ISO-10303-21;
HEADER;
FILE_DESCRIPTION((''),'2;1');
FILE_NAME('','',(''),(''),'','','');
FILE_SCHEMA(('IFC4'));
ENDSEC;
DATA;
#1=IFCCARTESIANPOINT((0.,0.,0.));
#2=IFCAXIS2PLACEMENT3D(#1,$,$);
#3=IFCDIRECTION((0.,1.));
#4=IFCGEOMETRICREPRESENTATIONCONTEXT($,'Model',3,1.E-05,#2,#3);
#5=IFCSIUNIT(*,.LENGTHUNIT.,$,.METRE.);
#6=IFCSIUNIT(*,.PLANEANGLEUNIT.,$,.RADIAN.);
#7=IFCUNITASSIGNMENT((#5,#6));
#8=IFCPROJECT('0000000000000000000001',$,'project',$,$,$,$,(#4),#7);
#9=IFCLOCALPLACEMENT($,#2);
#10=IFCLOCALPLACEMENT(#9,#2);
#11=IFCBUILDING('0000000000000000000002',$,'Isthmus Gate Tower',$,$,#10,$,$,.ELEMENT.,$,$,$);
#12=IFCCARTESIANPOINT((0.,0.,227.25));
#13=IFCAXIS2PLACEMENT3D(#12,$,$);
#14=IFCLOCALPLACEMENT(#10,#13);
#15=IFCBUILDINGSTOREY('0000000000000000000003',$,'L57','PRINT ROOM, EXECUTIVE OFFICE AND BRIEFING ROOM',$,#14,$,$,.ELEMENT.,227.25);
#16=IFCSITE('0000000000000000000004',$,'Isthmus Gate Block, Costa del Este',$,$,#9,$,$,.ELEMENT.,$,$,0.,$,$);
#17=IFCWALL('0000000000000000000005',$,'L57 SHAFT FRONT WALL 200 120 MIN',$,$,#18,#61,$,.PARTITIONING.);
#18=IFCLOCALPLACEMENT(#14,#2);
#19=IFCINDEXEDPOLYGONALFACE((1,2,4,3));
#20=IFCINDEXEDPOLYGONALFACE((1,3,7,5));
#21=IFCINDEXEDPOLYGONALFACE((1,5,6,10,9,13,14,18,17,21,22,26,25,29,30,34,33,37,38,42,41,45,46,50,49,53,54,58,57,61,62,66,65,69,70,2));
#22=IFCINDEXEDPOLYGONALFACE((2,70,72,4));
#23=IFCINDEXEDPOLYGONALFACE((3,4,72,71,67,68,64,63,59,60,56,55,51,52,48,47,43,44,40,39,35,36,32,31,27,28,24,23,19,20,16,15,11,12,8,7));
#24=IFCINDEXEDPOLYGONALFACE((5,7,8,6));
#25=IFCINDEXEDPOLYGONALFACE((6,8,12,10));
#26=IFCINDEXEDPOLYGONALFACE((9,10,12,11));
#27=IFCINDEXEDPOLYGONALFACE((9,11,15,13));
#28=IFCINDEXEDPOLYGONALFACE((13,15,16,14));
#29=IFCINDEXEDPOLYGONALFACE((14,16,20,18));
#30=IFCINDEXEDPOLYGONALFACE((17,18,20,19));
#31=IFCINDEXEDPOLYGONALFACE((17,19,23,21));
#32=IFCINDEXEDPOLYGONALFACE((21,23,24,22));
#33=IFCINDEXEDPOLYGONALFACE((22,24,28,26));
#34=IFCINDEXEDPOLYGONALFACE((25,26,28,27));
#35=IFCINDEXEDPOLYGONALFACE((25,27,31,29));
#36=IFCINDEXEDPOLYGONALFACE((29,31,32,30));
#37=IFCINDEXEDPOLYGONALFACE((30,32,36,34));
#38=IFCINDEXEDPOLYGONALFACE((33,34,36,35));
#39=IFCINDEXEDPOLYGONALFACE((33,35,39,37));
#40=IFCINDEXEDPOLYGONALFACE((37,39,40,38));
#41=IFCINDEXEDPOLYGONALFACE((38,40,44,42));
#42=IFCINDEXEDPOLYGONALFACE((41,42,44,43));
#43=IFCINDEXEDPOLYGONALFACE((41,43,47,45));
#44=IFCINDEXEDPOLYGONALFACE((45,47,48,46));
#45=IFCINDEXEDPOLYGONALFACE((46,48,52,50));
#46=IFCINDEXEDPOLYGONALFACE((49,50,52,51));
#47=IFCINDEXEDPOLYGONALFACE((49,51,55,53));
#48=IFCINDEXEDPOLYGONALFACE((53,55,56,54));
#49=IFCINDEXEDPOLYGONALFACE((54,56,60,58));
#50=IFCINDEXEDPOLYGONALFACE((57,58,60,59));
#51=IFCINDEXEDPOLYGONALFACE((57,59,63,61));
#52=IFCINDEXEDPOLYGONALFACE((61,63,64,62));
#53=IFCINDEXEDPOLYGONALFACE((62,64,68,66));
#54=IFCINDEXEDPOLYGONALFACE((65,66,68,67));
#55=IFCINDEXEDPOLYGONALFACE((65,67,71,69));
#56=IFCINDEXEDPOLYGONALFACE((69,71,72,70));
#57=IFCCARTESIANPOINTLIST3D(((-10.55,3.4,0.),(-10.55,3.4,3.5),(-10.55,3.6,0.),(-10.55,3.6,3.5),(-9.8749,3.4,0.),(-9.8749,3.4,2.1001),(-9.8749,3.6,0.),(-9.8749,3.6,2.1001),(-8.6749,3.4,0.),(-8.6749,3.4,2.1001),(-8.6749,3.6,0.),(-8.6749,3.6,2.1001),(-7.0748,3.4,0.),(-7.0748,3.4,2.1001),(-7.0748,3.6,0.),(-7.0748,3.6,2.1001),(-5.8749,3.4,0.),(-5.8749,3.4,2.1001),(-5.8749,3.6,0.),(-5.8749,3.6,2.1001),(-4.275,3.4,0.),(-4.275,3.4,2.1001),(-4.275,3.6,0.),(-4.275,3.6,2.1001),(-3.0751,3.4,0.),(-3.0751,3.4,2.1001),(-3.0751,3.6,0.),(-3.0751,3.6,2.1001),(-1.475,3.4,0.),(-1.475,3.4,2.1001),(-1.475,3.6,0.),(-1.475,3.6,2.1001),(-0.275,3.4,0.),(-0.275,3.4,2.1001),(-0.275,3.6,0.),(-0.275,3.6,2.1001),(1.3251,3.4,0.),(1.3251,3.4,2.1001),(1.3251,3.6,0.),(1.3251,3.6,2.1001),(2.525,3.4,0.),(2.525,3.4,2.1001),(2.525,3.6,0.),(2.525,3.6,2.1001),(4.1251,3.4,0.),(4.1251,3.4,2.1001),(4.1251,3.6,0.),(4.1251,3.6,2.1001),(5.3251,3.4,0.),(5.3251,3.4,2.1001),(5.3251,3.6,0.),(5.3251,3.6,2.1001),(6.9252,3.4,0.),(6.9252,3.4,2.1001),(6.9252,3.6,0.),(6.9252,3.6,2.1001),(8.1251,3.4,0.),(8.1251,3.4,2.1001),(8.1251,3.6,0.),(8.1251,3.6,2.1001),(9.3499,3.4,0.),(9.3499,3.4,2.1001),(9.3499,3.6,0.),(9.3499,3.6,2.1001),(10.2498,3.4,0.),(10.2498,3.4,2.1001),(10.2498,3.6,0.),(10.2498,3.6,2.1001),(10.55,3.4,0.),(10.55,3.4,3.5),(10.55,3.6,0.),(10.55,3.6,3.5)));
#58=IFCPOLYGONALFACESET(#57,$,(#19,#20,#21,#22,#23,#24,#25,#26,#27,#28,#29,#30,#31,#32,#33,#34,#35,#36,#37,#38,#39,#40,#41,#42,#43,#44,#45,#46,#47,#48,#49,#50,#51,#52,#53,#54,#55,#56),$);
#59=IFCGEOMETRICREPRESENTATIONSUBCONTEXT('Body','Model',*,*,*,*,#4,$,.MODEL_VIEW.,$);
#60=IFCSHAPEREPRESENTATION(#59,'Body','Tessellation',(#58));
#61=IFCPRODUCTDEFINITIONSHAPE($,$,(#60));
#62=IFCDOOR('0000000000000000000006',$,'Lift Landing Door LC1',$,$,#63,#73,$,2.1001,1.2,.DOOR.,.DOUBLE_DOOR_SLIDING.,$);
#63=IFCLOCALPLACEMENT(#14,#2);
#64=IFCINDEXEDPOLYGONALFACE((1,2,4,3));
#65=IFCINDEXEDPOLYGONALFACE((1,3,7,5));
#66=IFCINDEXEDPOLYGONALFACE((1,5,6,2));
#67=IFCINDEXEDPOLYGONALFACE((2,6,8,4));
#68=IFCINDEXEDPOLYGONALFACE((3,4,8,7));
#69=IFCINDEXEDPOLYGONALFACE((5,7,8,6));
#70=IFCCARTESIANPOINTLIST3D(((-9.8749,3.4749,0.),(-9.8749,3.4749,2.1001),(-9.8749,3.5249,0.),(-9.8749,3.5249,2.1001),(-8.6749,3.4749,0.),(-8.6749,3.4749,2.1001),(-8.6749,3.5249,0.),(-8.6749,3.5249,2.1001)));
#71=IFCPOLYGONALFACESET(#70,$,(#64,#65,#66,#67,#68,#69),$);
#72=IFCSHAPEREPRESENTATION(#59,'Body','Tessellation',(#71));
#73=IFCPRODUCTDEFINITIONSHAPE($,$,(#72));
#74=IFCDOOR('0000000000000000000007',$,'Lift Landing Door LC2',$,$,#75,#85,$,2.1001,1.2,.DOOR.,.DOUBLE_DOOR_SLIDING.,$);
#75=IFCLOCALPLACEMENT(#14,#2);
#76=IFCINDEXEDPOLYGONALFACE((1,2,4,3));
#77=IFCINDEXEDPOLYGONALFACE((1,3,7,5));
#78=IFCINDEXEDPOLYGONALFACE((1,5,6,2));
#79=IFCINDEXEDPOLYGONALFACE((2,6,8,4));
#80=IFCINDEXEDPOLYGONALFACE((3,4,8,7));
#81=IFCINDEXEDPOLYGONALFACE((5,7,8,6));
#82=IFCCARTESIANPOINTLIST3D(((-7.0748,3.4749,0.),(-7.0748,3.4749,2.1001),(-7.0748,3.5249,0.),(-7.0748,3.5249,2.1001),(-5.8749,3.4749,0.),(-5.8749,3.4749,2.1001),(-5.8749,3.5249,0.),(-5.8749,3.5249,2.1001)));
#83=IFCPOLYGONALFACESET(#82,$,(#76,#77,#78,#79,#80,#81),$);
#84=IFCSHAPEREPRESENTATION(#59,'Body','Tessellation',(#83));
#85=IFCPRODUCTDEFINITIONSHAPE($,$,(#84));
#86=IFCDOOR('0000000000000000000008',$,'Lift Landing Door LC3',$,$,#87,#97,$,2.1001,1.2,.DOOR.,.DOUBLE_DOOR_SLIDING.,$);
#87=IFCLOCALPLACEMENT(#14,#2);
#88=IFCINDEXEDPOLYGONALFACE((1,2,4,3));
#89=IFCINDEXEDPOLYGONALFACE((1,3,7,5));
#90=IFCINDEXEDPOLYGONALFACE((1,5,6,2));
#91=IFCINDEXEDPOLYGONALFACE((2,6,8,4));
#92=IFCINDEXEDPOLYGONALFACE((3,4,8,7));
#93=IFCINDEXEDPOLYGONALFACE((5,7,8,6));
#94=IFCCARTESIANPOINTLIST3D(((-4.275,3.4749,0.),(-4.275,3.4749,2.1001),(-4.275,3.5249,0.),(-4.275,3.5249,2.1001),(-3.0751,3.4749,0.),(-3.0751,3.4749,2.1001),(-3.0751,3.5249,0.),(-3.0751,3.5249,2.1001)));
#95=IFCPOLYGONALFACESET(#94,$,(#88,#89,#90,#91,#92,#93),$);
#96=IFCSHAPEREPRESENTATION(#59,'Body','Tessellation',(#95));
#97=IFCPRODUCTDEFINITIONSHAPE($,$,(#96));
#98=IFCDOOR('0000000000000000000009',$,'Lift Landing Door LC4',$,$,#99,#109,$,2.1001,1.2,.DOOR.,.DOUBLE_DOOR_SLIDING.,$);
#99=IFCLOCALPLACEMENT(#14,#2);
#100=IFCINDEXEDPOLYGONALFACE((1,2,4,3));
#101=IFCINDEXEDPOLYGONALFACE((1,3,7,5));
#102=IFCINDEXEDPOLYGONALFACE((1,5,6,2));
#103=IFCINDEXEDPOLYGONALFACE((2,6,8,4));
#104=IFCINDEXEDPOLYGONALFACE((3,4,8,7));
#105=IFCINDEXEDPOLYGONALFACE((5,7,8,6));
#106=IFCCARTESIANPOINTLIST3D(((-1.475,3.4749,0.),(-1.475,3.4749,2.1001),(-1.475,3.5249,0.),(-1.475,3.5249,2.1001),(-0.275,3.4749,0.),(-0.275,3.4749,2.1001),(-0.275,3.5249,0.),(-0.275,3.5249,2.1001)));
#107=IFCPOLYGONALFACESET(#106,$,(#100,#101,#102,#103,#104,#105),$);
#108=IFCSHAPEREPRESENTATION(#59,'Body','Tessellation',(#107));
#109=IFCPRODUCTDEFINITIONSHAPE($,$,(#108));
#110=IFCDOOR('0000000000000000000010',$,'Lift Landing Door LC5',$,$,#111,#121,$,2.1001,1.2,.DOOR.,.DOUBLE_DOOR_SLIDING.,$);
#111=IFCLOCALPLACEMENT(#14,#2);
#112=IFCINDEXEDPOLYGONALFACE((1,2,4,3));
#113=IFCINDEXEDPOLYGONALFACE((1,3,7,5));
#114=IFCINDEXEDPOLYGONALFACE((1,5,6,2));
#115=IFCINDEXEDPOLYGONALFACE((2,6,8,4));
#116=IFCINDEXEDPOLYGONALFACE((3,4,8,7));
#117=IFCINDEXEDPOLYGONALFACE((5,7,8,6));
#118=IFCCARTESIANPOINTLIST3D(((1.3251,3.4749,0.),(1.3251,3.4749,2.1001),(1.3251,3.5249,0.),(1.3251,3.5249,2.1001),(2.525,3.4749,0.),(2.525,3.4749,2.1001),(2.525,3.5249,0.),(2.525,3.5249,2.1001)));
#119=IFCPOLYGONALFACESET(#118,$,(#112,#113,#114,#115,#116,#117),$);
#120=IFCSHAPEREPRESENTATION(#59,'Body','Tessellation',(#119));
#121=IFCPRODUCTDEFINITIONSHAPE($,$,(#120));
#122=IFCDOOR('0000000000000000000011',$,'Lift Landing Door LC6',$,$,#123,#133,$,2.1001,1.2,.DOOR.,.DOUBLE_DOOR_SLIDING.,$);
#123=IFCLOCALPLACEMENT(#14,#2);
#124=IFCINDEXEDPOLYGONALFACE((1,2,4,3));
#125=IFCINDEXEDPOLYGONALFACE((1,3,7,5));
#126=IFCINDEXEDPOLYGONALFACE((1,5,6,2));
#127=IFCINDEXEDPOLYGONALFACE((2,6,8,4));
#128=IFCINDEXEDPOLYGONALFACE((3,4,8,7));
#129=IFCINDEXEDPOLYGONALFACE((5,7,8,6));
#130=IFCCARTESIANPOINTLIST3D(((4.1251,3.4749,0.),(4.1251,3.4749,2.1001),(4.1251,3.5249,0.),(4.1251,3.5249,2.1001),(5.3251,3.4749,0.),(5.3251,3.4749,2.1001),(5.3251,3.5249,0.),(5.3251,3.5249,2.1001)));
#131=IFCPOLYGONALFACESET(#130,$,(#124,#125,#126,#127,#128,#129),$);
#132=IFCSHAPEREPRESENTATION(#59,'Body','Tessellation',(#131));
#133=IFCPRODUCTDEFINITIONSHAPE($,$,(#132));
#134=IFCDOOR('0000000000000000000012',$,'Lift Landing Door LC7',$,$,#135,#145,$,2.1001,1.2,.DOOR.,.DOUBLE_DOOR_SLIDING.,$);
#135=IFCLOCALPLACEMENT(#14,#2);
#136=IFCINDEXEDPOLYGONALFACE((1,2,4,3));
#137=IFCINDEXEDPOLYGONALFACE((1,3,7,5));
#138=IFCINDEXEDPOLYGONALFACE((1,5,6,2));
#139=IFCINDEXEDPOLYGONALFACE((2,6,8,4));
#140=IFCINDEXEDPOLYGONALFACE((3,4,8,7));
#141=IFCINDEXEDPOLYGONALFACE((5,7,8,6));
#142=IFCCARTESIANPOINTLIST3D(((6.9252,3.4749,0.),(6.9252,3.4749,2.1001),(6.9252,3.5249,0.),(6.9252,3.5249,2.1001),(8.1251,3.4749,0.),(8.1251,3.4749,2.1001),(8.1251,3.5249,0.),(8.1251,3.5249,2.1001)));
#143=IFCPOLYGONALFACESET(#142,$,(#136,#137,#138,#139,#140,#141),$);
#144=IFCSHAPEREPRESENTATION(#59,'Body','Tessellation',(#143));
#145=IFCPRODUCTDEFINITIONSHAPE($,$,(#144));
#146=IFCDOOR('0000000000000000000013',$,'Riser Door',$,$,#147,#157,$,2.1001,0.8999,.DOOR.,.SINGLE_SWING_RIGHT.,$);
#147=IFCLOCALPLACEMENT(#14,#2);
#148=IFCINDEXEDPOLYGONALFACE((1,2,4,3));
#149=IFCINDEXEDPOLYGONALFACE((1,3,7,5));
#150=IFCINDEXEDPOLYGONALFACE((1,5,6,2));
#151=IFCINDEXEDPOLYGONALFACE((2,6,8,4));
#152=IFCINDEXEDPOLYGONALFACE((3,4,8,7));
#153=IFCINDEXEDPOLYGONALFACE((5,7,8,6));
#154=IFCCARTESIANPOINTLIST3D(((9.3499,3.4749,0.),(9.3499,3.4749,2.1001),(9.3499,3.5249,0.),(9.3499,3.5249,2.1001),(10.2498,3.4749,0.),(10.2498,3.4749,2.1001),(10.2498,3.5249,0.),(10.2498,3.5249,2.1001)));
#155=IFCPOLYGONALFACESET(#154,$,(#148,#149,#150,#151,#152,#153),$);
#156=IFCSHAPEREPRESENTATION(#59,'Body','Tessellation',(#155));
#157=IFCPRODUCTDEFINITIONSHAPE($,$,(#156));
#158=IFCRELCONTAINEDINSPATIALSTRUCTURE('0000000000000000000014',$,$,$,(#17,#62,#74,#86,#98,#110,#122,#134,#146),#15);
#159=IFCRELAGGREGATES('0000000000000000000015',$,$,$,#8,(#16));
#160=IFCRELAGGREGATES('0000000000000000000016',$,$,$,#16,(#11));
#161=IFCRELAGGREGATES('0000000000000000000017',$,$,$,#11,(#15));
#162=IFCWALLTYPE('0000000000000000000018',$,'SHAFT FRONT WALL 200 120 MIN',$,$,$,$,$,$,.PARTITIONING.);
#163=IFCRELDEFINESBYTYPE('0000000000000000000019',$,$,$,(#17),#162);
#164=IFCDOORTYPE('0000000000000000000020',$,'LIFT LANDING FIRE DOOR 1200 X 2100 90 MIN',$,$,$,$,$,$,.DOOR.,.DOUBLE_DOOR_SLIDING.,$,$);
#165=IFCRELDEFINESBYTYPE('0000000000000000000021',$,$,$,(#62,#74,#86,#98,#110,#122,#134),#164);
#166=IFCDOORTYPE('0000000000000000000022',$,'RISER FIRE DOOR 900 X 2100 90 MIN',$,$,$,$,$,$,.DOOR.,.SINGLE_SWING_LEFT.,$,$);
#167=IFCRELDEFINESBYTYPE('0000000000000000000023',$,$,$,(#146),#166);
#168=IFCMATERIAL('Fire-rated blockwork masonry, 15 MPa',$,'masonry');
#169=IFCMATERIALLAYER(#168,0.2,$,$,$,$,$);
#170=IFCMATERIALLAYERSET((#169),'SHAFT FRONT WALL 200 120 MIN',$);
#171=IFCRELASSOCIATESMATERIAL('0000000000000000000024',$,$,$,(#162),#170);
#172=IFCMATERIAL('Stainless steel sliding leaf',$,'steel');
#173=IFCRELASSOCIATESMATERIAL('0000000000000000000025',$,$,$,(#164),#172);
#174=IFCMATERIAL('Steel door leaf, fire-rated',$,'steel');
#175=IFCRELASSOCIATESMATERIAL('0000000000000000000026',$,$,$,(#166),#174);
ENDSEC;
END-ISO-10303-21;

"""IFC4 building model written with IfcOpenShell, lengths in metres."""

from ifc_helpers import new_model, si_unit, direction, frame, frame_2d, origin, place, context, subcontext, project, spatial, rectangle, extrude, material, layer, layer_set, type_object, element, fill, save


model = new_model("IFC4")

# Units and contexts
model_context = context("Model", 3, precision=1e-05, world=origin(), true_north=direction((0.0, 1.0)))
body_context = subcontext(model_context, "Body", "Model", "MODEL_VIEW")
ifc_project = project(units=[si_unit("LENGTHUNIT", "METRE"), si_unit("PLANEANGLEUNIT", "RADIAN")], contexts=[model_context])

# Site, building, storey
site_placement = place(None, origin())
site = spatial("IfcSite", under=ifc_project, at=site_placement, Name="Isthmus Gate Block, Costa del Este", CompositionType="ELEMENT", RefElevation=0.0)
building_placement = place(site_placement, origin())
building = spatial("IfcBuilding", under=site, at=building_placement, Name="Isthmus Gate Tower", CompositionType="ELEMENT")
storey_placement = place(building_placement, frame((0.0, 0.0, 227.25)))
storey = spatial("IfcBuildingStorey", under=building, at=storey_placement, Name="L57", Description="PRINT ROOM, EXECUTIVE OFFICE AND BRIEFING ROOM", CompositionType="ELEMENT", Elevation=227.25)

# Wall, openings, doors
ifc_material_1 = material(Name="Fire-rated blockwork masonry, 15 MPa", Category="masonry")
ifc_layer_1 = layer(ifc_material_1, 0.2)
ifc_layer_set_1 = layer_set([ifc_layer_1], Name="SHAFT FRONT WALL 200 120 MIN")
wall_type_1 = type_object("IfcWallType", Name="SHAFT FRONT WALL 200 120 MIN", PredefinedType="PARTITIONING", material=ifc_layer_set_1)
wall_1_placement = place(storey_placement, frame((-10.55, 3.5, 0.0), z_axis=(0.0, 0.0, 1.0), x_axis=(1.0, 0.0, 0.0)))
wall_1 = element("IfcWall", 1, at=wall_1_placement, inside=storey, type_object=wall_type_1, Name="L57 SHAFT FRONT WALL 200 120 MIN", PredefinedType="PARTITIONING", context=body_context, shape_type="SweptSolid", body=[
    extrude(rectangle(XDim=21.1001, YDim=0.2, at=frame_2d((10.55, 0.0))), origin(), (0.0, 0.0, 1.0), 3.5),
])
opening_1_placement = place(wall_1_placement, frame((0.675, 0.0, 0.0)))
opening_1 = element("IfcOpeningElement", 2, at=opening_1_placement, cuts=wall_1, PredefinedType="OPENING", context=body_context, shape_type="SweptSolid", body=[
    extrude(rectangle(XDim=1.2, YDim=2.1001, at=frame_2d((0.6001, 1.05))), frame((0.0, 0.1099, 0.0), z_axis=(0.0, -1.0, 0.0), x_axis=(1.0, 0.0, 0.0)), (0.0, 0.0, 1.0), 0.22),
])
opening_2_placement = place(wall_1_placement, frame((3.4751, 0.0, 0.0)))
opening_2 = element("IfcOpeningElement", 3, at=opening_2_placement, cuts=wall_1, PredefinedType="OPENING", context=body_context, shape_type="SweptSolid", body=[
    extrude(rectangle(XDim=1.2, YDim=2.1001, at=frame_2d((0.6001, 1.05))), frame((0.0, 0.1099, 0.0), z_axis=(0.0, -1.0, 0.0), x_axis=(1.0, 0.0, 0.0)), (0.0, 0.0, 1.0), 0.22),
])
opening_3_placement = place(wall_1_placement, frame((6.2749, 0.0, 0.0)))
opening_3 = element("IfcOpeningElement", 4, at=opening_3_placement, cuts=wall_1, PredefinedType="OPENING", context=body_context, shape_type="SweptSolid", body=[
    extrude(rectangle(XDim=1.2, YDim=2.1001, at=frame_2d((0.6001, 1.05))), frame((0.0, 0.1099, 0.0), z_axis=(0.0, -1.0, 0.0), x_axis=(1.0, 0.0, 0.0)), (0.0, 0.0, 1.0), 0.22),
])
opening_4_placement = place(wall_1_placement, frame((9.075, 0.0, 0.0)))
opening_4 = element("IfcOpeningElement", 5, at=opening_4_placement, cuts=wall_1, PredefinedType="OPENING", context=body_context, shape_type="SweptSolid", body=[
    extrude(rectangle(XDim=1.2, YDim=2.1001, at=frame_2d((0.6001, 1.05))), frame((0.0, 0.1099, 0.0), z_axis=(0.0, -1.0, 0.0), x_axis=(1.0, 0.0, 0.0)), (0.0, 0.0, 1.0), 0.22),
])
opening_5_placement = place(wall_1_placement, frame((11.875, 0.0, 0.0)))
opening_5 = element("IfcOpeningElement", 6, at=opening_5_placement, cuts=wall_1, PredefinedType="OPENING", context=body_context, shape_type="SweptSolid", body=[
    extrude(rectangle(XDim=1.2, YDim=2.1001, at=frame_2d((0.6001, 1.05))), frame((0.0, 0.1099, 0.0), z_axis=(0.0, -1.0, 0.0), x_axis=(1.0, 0.0, 0.0)), (0.0, 0.0, 1.0), 0.22),
])
opening_6_placement = place(wall_1_placement, frame((14.675, 0.0, 0.0)))
opening_6 = element("IfcOpeningElement", 7, at=opening_6_placement, cuts=wall_1, PredefinedType="OPENING", context=body_context, shape_type="SweptSolid", body=[
    extrude(rectangle(XDim=1.2, YDim=2.1001, at=frame_2d((0.6001, 1.05))), frame((0.0, 0.1099, 0.0), z_axis=(0.0, -1.0, 0.0), x_axis=(1.0, 0.0, 0.0)), (0.0, 0.0, 1.0), 0.22),
])
opening_7_placement = place(wall_1_placement, frame((17.4751, 0.0, 0.0)))
opening_7 = element("IfcOpeningElement", 8, at=opening_7_placement, cuts=wall_1, PredefinedType="OPENING", context=body_context, shape_type="SweptSolid", body=[
    extrude(rectangle(XDim=1.2, YDim=2.1001, at=frame_2d((0.6001, 1.05))), frame((0.0, 0.1099, 0.0), z_axis=(0.0, -1.0, 0.0), x_axis=(1.0, 0.0, 0.0)), (0.0, 0.0, 1.0), 0.22),
])
opening_8_placement = place(wall_1_placement, frame((19.8999, 0.0, 0.0)))
opening_8 = element("IfcOpeningElement", 9, at=opening_8_placement, cuts=wall_1, PredefinedType="OPENING", context=body_context, shape_type="SweptSolid", body=[
    extrude(rectangle(XDim=0.8999, YDim=2.1001, at=frame_2d((0.45, 1.05))), frame((0.0, 0.1099, 0.0), z_axis=(0.0, -1.0, 0.0), x_axis=(1.0, 0.0, 0.0)), (0.0, 0.0, 1.0), 0.22),
])
ifc_material_2 = material(Name="Stainless steel sliding leaf", Category="steel")
door_type_1 = type_object("IfcDoorType", Name="LIFT LANDING FIRE DOOR 1200 X 2100 90 MIN", OperationType="DOUBLE_DOOR_SLIDING", PredefinedType="DOOR", material=ifc_material_2)
door_1_placement = place(opening_1_placement, origin())
door_1 = element("IfcDoor", 10, at=door_1_placement, inside=storey, type_object=door_type_1, Name="Lift Landing Door LC1", OperationType="DOUBLE_DOOR_SLIDING", OverallHeight=2.1001, OverallWidth=1.2, PredefinedType="DOOR", context=body_context, shape_type="SweptSolid", body=[
    extrude(rectangle(XDim=1.2, YDim=2.1001, at=frame_2d((0.6001, 1.05))), frame((0.0, 0.0249, 0.0), z_axis=(0.0, -1.0, 0.0), x_axis=(1.0, 0.0, 0.0)), (0.0, 0.0, 1.0), 0.05),
])
fill(opening_1, door_1)
door_2_placement = place(opening_2_placement, origin())
door_2 = element("IfcDoor", 11, at=door_2_placement, inside=storey, type_object=door_type_1, Name="Lift Landing Door LC2", OperationType="DOUBLE_DOOR_SLIDING", OverallHeight=2.1001, OverallWidth=1.2, PredefinedType="DOOR", context=body_context, shape_type="SweptSolid", body=[
    extrude(rectangle(XDim=1.2, YDim=2.1001, at=frame_2d((0.6001, 1.05))), frame((0.0, 0.0249, 0.0), z_axis=(0.0, -1.0, 0.0), x_axis=(1.0, 0.0, 0.0)), (0.0, 0.0, 1.0), 0.05),
])
fill(opening_2, door_2)
door_3_placement = place(opening_3_placement, origin())
door_3 = element("IfcDoor", 12, at=door_3_placement, inside=storey, type_object=door_type_1, Name="Lift Landing Door LC3", OperationType="DOUBLE_DOOR_SLIDING", OverallHeight=2.1001, OverallWidth=1.2, PredefinedType="DOOR", context=body_context, shape_type="SweptSolid", body=[
    extrude(rectangle(XDim=1.2, YDim=2.1001, at=frame_2d((0.6001, 1.05))), frame((0.0, 0.0249, 0.0), z_axis=(0.0, -1.0, 0.0), x_axis=(1.0, 0.0, 0.0)), (0.0, 0.0, 1.0), 0.05),
])
fill(opening_3, door_3)
door_4_placement = place(opening_4_placement, origin())
door_4 = element("IfcDoor", 13, at=door_4_placement, inside=storey, type_object=door_type_1, Name="Lift Landing Door LC4", OperationType="DOUBLE_DOOR_SLIDING", OverallHeight=2.1001, OverallWidth=1.2, PredefinedType="DOOR", context=body_context, shape_type="SweptSolid", body=[
    extrude(rectangle(XDim=1.2, YDim=2.1001, at=frame_2d((0.6001, 1.05))), frame((0.0, 0.0249, 0.0), z_axis=(0.0, -1.0, 0.0), x_axis=(1.0, 0.0, 0.0)), (0.0, 0.0, 1.0), 0.05),
])
fill(opening_4, door_4)
door_5_placement = place(opening_5_placement, origin())
door_5 = element("IfcDoor", 14, at=door_5_placement, inside=storey, type_object=door_type_1, Name="Lift Landing Door LC5", OperationType="DOUBLE_DOOR_SLIDING", OverallHeight=2.1001, OverallWidth=1.2, PredefinedType="DOOR", context=body_context, shape_type="SweptSolid", body=[
    extrude(rectangle(XDim=1.2, YDim=2.1001, at=frame_2d((0.6001, 1.05))), frame((0.0, 0.0249, 0.0), z_axis=(0.0, -1.0, 0.0), x_axis=(1.0, 0.0, 0.0)), (0.0, 0.0, 1.0), 0.05),
])
fill(opening_5, door_5)
door_6_placement = place(opening_6_placement, origin())
door_6 = element("IfcDoor", 15, at=door_6_placement, inside=storey, type_object=door_type_1, Name="Lift Landing Door LC6", OperationType="DOUBLE_DOOR_SLIDING", OverallHeight=2.1001, OverallWidth=1.2, PredefinedType="DOOR", context=body_context, shape_type="SweptSolid", body=[
    extrude(rectangle(XDim=1.2, YDim=2.1001, at=frame_2d((0.6001, 1.05))), frame((0.0, 0.0249, 0.0), z_axis=(0.0, -1.0, 0.0), x_axis=(1.0, 0.0, 0.0)), (0.0, 0.0, 1.0), 0.05),
])
fill(opening_6, door_6)
door_7_placement = place(opening_7_placement, origin())
door_7 = element("IfcDoor", 16, at=door_7_placement, inside=storey, type_object=door_type_1, Name="Lift Landing Door LC7", OperationType="DOUBLE_DOOR_SLIDING", OverallHeight=2.1001, OverallWidth=1.2, PredefinedType="DOOR", context=body_context, shape_type="SweptSolid", body=[
    extrude(rectangle(XDim=1.2, YDim=2.1001, at=frame_2d((0.6001, 1.05))), frame((0.0, 0.0249, 0.0), z_axis=(0.0, -1.0, 0.0), x_axis=(1.0, 0.0, 0.0)), (0.0, 0.0, 1.0), 0.05),
])
fill(opening_7, door_7)
ifc_material_3 = material(Name="Steel door leaf, fire-rated", Category="steel")
door_type_2 = type_object("IfcDoorType", Name="RISER FIRE DOOR 900 X 2100 90 MIN", OperationType="SINGLE_SWING_LEFT", PredefinedType="DOOR", material=ifc_material_3)
door_8_placement = place(opening_8_placement, origin())
door_8 = element("IfcDoor", 17, at=door_8_placement, inside=storey, type_object=door_type_2, Name="Riser Door", OperationType="SINGLE_SWING_RIGHT", OverallHeight=2.1001, OverallWidth=0.8999, PredefinedType="DOOR", context=body_context, shape_type="SweptSolid", body=[
    extrude(rectangle(XDim=0.8999, YDim=2.1001, at=frame_2d((0.45, 1.05))), frame((0.0, 0.0249, 0.0), z_axis=(0.0, -1.0, 0.0), x_axis=(1.0, 0.0, 0.0)), (0.0, 0.0, 1.0), 0.05),
])
fill(opening_8, door_8)

save(model, "model.ifc")
